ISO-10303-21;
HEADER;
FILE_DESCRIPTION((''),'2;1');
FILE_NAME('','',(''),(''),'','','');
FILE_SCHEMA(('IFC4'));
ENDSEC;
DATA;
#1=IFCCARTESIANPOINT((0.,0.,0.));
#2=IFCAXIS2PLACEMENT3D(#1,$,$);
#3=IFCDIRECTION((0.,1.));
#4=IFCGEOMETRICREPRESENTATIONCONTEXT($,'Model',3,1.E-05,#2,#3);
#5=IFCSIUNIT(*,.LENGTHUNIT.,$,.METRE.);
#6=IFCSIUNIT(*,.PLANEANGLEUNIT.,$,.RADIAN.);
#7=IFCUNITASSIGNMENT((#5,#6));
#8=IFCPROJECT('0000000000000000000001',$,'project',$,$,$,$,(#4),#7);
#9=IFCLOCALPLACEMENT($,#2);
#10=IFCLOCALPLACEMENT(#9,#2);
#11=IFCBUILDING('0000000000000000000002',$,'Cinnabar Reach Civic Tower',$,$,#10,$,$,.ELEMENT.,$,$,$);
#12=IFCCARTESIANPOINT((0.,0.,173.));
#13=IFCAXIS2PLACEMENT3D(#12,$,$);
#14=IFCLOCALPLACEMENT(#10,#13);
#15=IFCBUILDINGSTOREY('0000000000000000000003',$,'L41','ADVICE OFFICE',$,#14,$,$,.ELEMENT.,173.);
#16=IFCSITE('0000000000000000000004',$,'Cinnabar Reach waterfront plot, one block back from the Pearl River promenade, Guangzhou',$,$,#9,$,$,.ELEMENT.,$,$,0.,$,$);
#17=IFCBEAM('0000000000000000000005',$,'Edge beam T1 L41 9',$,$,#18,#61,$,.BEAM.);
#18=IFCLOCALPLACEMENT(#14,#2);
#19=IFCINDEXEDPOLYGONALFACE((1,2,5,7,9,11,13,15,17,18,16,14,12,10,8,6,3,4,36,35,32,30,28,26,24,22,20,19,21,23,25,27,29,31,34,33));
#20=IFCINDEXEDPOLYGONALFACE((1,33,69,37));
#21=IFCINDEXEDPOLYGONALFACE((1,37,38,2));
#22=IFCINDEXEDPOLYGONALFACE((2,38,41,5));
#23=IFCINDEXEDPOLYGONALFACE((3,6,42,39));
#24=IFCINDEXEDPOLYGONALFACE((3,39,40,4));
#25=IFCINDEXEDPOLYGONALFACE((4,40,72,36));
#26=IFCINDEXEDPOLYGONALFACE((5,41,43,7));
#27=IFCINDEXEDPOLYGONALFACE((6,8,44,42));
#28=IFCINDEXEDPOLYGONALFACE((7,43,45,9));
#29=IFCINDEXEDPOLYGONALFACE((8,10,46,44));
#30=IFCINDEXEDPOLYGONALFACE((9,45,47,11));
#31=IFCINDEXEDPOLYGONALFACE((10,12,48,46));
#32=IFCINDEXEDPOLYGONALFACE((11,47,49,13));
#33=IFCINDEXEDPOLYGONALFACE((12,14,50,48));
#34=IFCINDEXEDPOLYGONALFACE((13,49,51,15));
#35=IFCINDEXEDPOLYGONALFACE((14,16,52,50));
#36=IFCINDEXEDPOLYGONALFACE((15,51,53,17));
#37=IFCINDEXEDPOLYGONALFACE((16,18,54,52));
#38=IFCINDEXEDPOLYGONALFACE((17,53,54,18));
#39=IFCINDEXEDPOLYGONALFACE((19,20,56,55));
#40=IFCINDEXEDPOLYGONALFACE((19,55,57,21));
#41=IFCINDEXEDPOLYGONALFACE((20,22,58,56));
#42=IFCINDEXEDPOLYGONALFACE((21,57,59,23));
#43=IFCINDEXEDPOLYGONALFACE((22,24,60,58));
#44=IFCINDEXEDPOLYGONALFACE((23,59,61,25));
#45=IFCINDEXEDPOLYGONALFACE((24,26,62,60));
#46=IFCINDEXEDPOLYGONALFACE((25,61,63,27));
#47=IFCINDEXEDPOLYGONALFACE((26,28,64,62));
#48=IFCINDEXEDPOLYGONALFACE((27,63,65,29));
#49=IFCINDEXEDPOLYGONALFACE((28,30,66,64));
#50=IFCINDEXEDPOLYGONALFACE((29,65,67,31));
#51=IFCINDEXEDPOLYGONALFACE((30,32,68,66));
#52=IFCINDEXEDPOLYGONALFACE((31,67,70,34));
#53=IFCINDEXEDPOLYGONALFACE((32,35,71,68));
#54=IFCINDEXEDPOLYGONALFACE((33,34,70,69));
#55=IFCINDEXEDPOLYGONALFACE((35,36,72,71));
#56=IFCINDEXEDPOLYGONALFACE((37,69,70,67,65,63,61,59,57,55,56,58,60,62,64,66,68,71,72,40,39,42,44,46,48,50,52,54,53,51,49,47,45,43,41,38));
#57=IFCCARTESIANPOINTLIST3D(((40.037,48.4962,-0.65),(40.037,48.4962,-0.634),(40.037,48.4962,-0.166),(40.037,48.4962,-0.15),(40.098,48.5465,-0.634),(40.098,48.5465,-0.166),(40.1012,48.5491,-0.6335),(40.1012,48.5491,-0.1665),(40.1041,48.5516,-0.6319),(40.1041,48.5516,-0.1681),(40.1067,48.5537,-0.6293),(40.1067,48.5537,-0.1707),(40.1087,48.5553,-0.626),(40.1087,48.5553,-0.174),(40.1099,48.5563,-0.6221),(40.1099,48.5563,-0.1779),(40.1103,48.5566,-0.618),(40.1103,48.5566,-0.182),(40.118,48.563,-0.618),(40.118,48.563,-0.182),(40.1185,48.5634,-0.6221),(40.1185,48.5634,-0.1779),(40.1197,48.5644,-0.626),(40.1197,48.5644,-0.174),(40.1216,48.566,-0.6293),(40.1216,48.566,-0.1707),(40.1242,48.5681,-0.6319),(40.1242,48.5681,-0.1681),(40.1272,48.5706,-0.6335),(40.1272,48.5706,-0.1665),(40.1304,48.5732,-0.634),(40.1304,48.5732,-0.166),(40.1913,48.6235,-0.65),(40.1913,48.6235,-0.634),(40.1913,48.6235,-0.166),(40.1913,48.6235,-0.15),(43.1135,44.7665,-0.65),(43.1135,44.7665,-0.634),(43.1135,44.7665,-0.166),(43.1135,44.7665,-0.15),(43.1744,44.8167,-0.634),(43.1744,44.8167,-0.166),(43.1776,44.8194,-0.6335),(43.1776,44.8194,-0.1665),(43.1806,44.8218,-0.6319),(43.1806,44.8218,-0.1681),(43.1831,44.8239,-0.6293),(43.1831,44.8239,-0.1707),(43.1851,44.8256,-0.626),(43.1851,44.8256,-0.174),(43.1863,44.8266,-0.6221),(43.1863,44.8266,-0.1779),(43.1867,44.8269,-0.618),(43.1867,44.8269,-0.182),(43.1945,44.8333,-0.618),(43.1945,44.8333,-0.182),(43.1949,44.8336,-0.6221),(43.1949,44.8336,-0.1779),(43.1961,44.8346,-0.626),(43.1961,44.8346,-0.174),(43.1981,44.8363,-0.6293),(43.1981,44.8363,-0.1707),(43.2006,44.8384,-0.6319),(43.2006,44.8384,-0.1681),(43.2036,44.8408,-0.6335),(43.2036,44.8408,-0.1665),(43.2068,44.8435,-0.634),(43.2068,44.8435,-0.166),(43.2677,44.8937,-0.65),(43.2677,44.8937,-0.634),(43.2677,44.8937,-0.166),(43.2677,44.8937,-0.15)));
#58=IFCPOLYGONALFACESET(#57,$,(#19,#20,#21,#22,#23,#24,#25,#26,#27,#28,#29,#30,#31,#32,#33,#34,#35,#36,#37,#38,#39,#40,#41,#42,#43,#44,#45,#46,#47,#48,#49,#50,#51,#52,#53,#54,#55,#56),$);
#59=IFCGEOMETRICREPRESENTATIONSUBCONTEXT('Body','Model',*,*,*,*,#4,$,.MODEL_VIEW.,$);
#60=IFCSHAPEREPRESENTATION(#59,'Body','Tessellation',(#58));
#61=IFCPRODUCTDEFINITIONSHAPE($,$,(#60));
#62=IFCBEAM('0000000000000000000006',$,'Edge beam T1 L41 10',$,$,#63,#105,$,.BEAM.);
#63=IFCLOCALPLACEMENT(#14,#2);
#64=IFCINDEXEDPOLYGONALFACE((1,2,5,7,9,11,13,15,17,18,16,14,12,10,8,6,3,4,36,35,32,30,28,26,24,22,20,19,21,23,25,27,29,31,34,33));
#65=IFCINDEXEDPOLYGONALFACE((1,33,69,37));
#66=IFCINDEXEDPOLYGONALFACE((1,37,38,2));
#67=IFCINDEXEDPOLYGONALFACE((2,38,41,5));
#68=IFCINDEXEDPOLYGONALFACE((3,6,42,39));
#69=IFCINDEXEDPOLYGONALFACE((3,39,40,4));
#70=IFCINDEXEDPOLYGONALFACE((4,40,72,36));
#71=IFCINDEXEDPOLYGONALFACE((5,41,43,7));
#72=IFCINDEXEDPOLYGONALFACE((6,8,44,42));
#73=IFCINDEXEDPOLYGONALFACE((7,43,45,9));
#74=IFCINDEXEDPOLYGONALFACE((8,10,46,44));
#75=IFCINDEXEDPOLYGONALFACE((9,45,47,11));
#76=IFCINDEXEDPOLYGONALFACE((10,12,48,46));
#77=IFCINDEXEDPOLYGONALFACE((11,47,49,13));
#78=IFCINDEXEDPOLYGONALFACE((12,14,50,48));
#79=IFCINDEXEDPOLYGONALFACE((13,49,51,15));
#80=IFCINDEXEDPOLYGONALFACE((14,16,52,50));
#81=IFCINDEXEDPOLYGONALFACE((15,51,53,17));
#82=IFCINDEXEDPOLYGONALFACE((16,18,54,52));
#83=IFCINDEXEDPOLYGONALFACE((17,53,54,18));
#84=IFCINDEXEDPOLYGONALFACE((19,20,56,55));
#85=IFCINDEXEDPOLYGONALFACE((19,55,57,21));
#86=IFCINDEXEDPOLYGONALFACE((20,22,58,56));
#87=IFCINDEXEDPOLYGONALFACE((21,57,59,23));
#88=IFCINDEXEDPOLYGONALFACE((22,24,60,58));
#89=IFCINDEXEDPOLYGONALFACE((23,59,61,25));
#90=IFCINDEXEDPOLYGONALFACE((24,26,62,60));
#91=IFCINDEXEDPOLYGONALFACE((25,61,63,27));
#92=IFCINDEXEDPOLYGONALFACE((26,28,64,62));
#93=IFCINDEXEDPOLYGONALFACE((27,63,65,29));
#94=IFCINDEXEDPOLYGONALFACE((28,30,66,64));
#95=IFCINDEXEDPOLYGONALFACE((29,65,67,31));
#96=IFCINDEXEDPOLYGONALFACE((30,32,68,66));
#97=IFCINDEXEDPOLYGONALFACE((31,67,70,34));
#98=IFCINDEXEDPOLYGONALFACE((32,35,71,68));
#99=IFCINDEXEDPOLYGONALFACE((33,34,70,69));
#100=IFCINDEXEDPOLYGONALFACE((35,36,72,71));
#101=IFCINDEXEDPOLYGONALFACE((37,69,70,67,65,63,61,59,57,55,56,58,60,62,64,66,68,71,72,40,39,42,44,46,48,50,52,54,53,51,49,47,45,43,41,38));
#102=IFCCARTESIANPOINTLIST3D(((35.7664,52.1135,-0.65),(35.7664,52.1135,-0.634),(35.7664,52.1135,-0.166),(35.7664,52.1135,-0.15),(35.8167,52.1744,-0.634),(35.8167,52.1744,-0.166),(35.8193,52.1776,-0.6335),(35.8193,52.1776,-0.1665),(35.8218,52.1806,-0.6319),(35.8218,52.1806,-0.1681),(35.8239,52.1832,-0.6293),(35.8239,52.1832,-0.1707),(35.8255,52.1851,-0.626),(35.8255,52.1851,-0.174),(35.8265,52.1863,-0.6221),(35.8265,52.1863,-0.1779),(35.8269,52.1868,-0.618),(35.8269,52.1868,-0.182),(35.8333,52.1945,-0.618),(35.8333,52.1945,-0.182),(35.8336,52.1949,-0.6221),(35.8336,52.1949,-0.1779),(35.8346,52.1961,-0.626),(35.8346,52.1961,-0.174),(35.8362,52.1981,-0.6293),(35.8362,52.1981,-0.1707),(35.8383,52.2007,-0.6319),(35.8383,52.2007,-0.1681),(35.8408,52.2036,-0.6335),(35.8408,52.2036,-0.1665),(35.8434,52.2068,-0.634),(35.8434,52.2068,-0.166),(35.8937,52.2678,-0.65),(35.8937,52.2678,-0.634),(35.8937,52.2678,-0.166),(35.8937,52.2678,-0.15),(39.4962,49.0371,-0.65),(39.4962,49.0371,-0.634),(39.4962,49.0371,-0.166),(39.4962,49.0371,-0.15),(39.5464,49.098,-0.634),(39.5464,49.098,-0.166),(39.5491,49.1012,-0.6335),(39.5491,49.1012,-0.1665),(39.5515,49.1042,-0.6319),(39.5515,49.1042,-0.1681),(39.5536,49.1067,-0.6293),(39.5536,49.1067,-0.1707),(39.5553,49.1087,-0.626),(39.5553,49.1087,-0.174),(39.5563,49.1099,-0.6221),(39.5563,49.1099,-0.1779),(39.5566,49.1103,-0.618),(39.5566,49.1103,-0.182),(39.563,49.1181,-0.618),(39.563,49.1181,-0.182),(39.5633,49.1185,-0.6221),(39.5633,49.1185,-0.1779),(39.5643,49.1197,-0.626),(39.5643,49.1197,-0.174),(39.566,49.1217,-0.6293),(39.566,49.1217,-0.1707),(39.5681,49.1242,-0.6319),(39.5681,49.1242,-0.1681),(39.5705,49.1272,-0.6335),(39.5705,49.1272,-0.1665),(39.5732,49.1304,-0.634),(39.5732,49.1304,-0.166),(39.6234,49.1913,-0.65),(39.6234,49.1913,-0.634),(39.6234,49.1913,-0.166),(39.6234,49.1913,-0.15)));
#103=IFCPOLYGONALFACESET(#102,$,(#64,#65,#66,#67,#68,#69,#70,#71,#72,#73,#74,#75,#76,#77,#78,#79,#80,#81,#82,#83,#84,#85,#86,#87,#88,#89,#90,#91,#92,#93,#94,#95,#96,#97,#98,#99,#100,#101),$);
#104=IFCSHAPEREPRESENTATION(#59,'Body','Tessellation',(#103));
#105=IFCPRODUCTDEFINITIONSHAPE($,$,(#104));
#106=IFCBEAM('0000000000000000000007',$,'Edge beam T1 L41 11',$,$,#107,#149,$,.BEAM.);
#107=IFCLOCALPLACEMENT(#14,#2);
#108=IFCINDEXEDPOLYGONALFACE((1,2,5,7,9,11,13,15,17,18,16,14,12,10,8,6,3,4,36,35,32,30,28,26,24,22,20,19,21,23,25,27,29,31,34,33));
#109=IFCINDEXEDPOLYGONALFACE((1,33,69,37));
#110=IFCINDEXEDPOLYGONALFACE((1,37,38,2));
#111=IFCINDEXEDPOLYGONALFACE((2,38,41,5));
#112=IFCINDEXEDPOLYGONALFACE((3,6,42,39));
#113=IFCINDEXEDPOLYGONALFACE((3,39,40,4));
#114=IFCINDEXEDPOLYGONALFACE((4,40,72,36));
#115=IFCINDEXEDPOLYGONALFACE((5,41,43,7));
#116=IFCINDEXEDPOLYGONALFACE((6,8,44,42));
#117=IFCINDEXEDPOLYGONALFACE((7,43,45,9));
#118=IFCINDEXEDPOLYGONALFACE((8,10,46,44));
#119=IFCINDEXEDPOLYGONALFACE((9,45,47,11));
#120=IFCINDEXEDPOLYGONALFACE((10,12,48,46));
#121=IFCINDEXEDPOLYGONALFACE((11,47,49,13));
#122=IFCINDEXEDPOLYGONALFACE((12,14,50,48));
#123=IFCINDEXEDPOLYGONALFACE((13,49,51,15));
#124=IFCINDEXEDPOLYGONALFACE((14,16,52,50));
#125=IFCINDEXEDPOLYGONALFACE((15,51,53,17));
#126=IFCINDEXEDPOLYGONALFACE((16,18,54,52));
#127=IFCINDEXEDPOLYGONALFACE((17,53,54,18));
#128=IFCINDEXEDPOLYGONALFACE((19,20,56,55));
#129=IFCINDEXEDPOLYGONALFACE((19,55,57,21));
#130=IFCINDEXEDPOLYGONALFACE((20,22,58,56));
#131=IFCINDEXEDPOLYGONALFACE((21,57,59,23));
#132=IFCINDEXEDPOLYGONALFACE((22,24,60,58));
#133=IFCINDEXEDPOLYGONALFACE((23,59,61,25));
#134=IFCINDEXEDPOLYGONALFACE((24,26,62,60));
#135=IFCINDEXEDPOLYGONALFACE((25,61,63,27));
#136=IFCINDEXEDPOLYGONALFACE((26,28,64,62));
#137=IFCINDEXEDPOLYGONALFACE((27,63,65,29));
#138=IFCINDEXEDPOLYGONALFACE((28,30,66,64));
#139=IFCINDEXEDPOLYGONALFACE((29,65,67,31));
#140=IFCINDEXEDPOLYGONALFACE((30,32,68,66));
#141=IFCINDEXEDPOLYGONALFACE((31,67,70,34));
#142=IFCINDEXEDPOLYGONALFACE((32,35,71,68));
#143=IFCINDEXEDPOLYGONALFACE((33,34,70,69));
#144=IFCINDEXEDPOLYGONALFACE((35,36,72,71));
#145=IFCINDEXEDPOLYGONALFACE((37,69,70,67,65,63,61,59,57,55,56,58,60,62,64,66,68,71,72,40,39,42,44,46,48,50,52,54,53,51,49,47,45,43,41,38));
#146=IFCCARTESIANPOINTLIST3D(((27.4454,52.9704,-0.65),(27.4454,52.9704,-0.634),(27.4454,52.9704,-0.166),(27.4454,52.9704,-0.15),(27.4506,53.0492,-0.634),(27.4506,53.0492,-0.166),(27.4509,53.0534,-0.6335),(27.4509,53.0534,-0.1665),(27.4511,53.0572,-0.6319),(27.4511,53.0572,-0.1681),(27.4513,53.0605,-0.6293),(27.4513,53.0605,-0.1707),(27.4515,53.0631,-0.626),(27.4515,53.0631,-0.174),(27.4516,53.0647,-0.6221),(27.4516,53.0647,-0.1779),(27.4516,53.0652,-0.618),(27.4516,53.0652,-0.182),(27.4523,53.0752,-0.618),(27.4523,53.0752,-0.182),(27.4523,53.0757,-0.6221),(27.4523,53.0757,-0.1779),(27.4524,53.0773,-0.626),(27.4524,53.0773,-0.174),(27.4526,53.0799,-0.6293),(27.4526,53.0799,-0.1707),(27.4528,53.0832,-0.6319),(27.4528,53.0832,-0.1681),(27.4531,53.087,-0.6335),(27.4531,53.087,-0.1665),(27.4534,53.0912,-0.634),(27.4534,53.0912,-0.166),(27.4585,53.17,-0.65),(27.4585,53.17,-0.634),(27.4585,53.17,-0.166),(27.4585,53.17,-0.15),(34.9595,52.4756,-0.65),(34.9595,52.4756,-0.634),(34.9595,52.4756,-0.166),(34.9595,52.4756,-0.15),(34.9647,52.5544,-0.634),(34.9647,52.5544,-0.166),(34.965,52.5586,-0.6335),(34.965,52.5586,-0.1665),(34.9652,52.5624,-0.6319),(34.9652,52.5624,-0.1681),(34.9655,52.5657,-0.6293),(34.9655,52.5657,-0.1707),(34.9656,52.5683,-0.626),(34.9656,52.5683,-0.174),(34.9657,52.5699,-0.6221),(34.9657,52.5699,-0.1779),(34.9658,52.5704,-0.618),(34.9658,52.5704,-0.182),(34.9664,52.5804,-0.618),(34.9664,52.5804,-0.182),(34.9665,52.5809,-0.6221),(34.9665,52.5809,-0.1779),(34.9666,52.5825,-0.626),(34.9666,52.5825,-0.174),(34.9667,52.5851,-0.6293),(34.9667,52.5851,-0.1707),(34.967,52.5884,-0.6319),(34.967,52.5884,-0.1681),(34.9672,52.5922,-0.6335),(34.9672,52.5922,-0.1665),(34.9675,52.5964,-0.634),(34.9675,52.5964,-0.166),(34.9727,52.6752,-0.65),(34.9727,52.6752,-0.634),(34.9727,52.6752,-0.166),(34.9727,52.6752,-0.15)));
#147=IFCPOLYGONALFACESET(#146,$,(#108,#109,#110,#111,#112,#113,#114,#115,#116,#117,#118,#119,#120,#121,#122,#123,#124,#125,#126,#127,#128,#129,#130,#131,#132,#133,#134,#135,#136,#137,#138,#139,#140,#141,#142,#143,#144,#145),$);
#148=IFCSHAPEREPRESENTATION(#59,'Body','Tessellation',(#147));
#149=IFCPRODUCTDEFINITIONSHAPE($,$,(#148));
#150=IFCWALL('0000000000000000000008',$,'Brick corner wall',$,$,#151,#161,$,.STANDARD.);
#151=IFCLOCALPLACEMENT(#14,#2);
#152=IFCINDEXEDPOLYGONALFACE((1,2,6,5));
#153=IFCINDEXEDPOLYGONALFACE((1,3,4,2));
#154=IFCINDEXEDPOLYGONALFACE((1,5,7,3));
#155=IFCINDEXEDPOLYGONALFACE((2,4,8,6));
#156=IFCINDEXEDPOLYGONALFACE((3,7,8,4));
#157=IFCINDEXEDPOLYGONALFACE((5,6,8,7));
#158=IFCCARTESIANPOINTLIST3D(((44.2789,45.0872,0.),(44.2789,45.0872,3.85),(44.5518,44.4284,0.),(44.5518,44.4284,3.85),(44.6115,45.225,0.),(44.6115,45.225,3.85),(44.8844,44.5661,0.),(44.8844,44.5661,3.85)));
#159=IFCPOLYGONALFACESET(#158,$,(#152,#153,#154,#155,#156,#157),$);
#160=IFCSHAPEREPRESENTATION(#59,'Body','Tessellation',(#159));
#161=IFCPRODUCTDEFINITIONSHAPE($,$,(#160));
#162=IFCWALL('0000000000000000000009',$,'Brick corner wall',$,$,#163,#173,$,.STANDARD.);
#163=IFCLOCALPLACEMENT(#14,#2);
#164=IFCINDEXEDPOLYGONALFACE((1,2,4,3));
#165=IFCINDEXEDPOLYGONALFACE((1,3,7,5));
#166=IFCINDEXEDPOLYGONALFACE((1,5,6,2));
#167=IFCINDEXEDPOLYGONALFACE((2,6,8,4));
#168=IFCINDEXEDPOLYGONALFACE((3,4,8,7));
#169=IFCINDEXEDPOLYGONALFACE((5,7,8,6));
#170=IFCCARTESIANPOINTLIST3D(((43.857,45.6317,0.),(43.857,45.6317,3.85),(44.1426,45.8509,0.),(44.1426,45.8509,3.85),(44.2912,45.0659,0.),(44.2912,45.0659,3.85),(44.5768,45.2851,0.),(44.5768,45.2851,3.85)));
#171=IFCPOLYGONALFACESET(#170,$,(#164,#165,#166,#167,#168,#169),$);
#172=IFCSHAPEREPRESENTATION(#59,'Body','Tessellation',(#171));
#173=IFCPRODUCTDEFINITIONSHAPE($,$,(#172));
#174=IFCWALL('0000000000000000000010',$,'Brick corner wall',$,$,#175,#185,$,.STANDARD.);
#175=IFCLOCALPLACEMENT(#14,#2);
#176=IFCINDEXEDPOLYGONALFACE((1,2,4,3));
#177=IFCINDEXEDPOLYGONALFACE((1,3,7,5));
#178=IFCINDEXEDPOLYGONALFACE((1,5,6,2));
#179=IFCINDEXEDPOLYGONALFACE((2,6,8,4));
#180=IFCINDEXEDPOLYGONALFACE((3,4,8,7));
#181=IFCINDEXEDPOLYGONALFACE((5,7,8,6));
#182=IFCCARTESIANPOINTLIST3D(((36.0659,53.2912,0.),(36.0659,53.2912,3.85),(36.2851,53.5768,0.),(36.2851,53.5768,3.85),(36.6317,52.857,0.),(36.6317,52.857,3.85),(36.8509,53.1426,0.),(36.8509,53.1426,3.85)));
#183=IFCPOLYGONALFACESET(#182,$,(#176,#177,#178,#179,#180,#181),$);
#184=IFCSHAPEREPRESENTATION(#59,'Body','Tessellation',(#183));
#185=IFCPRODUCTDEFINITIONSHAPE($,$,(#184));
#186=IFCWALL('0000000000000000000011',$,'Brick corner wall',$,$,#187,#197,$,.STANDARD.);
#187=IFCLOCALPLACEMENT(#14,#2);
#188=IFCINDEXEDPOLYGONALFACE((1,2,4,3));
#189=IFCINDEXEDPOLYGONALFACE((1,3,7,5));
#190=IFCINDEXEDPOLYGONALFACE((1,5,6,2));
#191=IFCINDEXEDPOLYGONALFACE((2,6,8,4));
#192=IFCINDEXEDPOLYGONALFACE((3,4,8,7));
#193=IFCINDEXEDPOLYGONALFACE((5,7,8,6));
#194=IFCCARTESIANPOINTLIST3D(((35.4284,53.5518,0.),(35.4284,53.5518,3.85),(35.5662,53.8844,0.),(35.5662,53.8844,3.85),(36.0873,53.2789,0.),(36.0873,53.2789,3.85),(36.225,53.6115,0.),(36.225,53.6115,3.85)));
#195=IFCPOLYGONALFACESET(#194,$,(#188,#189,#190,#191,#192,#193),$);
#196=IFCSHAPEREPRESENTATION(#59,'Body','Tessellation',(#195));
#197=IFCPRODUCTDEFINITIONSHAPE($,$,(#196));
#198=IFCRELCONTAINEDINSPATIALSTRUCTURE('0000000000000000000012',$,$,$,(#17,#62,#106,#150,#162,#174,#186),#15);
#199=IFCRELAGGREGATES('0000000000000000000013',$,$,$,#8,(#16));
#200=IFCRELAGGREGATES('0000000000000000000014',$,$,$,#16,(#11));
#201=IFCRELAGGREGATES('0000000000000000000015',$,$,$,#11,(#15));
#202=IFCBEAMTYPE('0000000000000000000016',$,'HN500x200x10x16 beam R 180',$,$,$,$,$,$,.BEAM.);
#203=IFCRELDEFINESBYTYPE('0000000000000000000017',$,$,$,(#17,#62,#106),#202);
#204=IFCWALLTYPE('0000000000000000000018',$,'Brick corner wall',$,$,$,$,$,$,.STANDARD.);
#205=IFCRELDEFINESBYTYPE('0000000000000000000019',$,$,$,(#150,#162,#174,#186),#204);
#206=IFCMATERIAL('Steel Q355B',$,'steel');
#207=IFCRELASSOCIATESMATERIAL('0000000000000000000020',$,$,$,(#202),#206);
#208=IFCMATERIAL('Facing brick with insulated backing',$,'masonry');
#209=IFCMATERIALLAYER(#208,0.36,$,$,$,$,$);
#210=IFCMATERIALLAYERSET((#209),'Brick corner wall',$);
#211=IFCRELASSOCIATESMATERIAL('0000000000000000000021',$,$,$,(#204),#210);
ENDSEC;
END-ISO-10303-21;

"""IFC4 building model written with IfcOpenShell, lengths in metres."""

from ifc_helpers import new_model, si_unit, direction, frame, frame_2d, origin, origin_2d, place, context, subcontext, project, spatial, rectangle, i_section, extrude, material, layer, layer_set, material_profile, profile_set, type_object, element, save


model = new_model("IFC4")

# Units and contexts
model_context = context("Model", 3, precision=1e-05, world=origin(), true_north=direction((0.0, 1.0)))
body_context = subcontext(model_context, "Body", "Model", "MODEL_VIEW")
ifc_project = project(units=[si_unit("LENGTHUNIT", "METRE"), si_unit("PLANEANGLEUNIT", "RADIAN")], contexts=[model_context])

# Site, building, storey
site_placement = place(None, origin())
site = spatial("IfcSite", under=ifc_project, at=site_placement, Name="Cinnabar Reach waterfront plot, one block back from the Pearl River promenade, Guangzhou", CompositionType="ELEMENT", RefElevation=0.0)
building_placement = place(site_placement, origin())
building = spatial("IfcBuilding", under=site, at=building_placement, Name="Cinnabar Reach Civic Tower", CompositionType="ELEMENT")
storey_placement = place(building_placement, frame((0.0, 0.0, 173.0)))
storey = spatial("IfcBuildingStorey", under=building, at=storey_placement, Name="L41", Description="ADVICE OFFICE", CompositionType="ELEMENT", Elevation=173.0)

# Beams
ifc_material_1 = material(Name="Steel Q355B", Category="steel")
ifc_material_profile_1 = material_profile(ifc_material_1, i_section(OverallWidth=0.2, OverallDepth=0.5, WebThickness=0.01, FlangeThickness=0.016, FilletRadius=0.016, at=origin_2d()), Name="HN500x200x10x16")
ifc_profile_set_1 = profile_set([ifc_material_profile_1], Name="Steel Q355B")
beam_type_1 = type_object("IfcBeamType", Name="HN500x200x10x16 beam R 180", PredefinedType="BEAM", material=ifc_profile_set_1)
for number, where, z_axis, x_axis, name in (
    (1, (43.1906, 44.8301, -0.4), (-0.636309, 0.771434, 0.0), (-0.771434, -0.636309, 0.0), "Edge beam T1 L41 9"),
    (2, (39.5598, 49.1142, -0.4), (-0.771434, 0.636309, 0.0), (-0.636309, -0.771434, 0.0), "Edge beam T1 L41 10"),
):
    element("IfcBeam", number, at=place(storey_placement, frame(where, z_axis=z_axis, x_axis=x_axis)), inside=storey, type_object=beam_type_1, Name=name, PredefinedType="BEAM", context=body_context, shape_type="SweptSolid", body=[
        extrude(i_section(OverallWidth=0.2, OverallDepth=0.5, WebThickness=0.01, FlangeThickness=0.016, FilletRadius=0.016, at=origin_2d()), origin(), (0.0, 0.0, 1.0), 4.8348),
    ])
beam_1_placement = place(storey_placement, frame((34.9661, 52.5754, -0.4), z_axis=(-0.997839, 0.065707, 0.0), x_axis=(-0.065707, -0.997839, 0.0)))
element("IfcBeam", 3, at=beam_1_placement, inside=storey, type_object=beam_type_1, Name="Edge beam T1 L41 11", PredefinedType="BEAM", context=body_context, shape_type="SweptSolid", body=[
    extrude(i_section(OverallWidth=0.2, OverallDepth=0.5, WebThickness=0.01, FlangeThickness=0.016, FilletRadius=0.016, at=origin_2d()), origin(), (0.0, 0.0, 1.0), 7.5304),
])

# Walls
ifc_material_2 = material(Name="Facing brick with insulated backing", Category="masonry")
ifc_layer_1 = layer(ifc_material_2, 0.36)
ifc_layer_set_1 = layer_set([ifc_layer_1], Name="Brick corner wall")
wall_type_1 = type_object("IfcWallType", Name="Brick corner wall", PredefinedType="STANDARD", material=ifc_layer_set_1)
wall_1_placement = place(storey_placement, frame((44.7181, 44.4973, 0.0), z_axis=(0.0, 0.0, 1.0), x_axis=(-0.382703, 0.923872, 0.0)))
element("IfcWall", 4, at=wall_1_placement, inside=storey, type_object=wall_type_1, Name="Brick corner wall", PredefinedType="STANDARD", context=body_context, shape_type="SweptSolid", body=[
    extrude(rectangle(XDim=0.7131, YDim=0.36, at=frame_2d((0.3565, 0.0))), origin(), (0.0, 0.0, 1.0), 3.85),
])
for number, where, z_axis, x_axis, name in (
    (5, (44.434, 45.1755, 0.0), (0.0, 0.0, 1.0), (-0.608802, 0.793322, 0.0), "Brick corner wall"),
    (6, (36.7413, 52.9998, 0.0), (0.0, 0.0, 1.0), (-0.793322, 0.608802, 0.0), "Brick corner wall"),
):
    element("IfcWall", number, at=place(storey_placement, frame(where, z_axis=z_axis, x_axis=x_axis)), inside=storey, type_object=wall_type_1, Name=name, PredefinedType="STANDARD", context=body_context, shape_type="SweptSolid", body=[
        extrude(rectangle(XDim=0.7132, YDim=0.36, at=frame_2d((0.3566, 0.0))), origin(), (0.0, 0.0, 1.0), 3.85),
    ])
for number, where, z_axis, x_axis, name in (
    (7, (36.1561, 53.4452, 0.0), (0.0, 0.0, 1.0), (-0.923872, 0.382703, 0.0), "Brick corner wall"),
):
    element("IfcWall", number, at=place(storey_placement, frame(where, z_axis=z_axis, x_axis=x_axis)), inside=storey, type_object=wall_type_1, Name=name, PredefinedType="STANDARD", context=body_context, shape_type="SweptSolid", body=[
        extrude(rectangle(XDim=0.7131, YDim=0.36, at=frame_2d((0.3565, 0.0))), origin(), (0.0, 0.0, 1.0), 3.85),
    ])

save(model, "model.ifc")
